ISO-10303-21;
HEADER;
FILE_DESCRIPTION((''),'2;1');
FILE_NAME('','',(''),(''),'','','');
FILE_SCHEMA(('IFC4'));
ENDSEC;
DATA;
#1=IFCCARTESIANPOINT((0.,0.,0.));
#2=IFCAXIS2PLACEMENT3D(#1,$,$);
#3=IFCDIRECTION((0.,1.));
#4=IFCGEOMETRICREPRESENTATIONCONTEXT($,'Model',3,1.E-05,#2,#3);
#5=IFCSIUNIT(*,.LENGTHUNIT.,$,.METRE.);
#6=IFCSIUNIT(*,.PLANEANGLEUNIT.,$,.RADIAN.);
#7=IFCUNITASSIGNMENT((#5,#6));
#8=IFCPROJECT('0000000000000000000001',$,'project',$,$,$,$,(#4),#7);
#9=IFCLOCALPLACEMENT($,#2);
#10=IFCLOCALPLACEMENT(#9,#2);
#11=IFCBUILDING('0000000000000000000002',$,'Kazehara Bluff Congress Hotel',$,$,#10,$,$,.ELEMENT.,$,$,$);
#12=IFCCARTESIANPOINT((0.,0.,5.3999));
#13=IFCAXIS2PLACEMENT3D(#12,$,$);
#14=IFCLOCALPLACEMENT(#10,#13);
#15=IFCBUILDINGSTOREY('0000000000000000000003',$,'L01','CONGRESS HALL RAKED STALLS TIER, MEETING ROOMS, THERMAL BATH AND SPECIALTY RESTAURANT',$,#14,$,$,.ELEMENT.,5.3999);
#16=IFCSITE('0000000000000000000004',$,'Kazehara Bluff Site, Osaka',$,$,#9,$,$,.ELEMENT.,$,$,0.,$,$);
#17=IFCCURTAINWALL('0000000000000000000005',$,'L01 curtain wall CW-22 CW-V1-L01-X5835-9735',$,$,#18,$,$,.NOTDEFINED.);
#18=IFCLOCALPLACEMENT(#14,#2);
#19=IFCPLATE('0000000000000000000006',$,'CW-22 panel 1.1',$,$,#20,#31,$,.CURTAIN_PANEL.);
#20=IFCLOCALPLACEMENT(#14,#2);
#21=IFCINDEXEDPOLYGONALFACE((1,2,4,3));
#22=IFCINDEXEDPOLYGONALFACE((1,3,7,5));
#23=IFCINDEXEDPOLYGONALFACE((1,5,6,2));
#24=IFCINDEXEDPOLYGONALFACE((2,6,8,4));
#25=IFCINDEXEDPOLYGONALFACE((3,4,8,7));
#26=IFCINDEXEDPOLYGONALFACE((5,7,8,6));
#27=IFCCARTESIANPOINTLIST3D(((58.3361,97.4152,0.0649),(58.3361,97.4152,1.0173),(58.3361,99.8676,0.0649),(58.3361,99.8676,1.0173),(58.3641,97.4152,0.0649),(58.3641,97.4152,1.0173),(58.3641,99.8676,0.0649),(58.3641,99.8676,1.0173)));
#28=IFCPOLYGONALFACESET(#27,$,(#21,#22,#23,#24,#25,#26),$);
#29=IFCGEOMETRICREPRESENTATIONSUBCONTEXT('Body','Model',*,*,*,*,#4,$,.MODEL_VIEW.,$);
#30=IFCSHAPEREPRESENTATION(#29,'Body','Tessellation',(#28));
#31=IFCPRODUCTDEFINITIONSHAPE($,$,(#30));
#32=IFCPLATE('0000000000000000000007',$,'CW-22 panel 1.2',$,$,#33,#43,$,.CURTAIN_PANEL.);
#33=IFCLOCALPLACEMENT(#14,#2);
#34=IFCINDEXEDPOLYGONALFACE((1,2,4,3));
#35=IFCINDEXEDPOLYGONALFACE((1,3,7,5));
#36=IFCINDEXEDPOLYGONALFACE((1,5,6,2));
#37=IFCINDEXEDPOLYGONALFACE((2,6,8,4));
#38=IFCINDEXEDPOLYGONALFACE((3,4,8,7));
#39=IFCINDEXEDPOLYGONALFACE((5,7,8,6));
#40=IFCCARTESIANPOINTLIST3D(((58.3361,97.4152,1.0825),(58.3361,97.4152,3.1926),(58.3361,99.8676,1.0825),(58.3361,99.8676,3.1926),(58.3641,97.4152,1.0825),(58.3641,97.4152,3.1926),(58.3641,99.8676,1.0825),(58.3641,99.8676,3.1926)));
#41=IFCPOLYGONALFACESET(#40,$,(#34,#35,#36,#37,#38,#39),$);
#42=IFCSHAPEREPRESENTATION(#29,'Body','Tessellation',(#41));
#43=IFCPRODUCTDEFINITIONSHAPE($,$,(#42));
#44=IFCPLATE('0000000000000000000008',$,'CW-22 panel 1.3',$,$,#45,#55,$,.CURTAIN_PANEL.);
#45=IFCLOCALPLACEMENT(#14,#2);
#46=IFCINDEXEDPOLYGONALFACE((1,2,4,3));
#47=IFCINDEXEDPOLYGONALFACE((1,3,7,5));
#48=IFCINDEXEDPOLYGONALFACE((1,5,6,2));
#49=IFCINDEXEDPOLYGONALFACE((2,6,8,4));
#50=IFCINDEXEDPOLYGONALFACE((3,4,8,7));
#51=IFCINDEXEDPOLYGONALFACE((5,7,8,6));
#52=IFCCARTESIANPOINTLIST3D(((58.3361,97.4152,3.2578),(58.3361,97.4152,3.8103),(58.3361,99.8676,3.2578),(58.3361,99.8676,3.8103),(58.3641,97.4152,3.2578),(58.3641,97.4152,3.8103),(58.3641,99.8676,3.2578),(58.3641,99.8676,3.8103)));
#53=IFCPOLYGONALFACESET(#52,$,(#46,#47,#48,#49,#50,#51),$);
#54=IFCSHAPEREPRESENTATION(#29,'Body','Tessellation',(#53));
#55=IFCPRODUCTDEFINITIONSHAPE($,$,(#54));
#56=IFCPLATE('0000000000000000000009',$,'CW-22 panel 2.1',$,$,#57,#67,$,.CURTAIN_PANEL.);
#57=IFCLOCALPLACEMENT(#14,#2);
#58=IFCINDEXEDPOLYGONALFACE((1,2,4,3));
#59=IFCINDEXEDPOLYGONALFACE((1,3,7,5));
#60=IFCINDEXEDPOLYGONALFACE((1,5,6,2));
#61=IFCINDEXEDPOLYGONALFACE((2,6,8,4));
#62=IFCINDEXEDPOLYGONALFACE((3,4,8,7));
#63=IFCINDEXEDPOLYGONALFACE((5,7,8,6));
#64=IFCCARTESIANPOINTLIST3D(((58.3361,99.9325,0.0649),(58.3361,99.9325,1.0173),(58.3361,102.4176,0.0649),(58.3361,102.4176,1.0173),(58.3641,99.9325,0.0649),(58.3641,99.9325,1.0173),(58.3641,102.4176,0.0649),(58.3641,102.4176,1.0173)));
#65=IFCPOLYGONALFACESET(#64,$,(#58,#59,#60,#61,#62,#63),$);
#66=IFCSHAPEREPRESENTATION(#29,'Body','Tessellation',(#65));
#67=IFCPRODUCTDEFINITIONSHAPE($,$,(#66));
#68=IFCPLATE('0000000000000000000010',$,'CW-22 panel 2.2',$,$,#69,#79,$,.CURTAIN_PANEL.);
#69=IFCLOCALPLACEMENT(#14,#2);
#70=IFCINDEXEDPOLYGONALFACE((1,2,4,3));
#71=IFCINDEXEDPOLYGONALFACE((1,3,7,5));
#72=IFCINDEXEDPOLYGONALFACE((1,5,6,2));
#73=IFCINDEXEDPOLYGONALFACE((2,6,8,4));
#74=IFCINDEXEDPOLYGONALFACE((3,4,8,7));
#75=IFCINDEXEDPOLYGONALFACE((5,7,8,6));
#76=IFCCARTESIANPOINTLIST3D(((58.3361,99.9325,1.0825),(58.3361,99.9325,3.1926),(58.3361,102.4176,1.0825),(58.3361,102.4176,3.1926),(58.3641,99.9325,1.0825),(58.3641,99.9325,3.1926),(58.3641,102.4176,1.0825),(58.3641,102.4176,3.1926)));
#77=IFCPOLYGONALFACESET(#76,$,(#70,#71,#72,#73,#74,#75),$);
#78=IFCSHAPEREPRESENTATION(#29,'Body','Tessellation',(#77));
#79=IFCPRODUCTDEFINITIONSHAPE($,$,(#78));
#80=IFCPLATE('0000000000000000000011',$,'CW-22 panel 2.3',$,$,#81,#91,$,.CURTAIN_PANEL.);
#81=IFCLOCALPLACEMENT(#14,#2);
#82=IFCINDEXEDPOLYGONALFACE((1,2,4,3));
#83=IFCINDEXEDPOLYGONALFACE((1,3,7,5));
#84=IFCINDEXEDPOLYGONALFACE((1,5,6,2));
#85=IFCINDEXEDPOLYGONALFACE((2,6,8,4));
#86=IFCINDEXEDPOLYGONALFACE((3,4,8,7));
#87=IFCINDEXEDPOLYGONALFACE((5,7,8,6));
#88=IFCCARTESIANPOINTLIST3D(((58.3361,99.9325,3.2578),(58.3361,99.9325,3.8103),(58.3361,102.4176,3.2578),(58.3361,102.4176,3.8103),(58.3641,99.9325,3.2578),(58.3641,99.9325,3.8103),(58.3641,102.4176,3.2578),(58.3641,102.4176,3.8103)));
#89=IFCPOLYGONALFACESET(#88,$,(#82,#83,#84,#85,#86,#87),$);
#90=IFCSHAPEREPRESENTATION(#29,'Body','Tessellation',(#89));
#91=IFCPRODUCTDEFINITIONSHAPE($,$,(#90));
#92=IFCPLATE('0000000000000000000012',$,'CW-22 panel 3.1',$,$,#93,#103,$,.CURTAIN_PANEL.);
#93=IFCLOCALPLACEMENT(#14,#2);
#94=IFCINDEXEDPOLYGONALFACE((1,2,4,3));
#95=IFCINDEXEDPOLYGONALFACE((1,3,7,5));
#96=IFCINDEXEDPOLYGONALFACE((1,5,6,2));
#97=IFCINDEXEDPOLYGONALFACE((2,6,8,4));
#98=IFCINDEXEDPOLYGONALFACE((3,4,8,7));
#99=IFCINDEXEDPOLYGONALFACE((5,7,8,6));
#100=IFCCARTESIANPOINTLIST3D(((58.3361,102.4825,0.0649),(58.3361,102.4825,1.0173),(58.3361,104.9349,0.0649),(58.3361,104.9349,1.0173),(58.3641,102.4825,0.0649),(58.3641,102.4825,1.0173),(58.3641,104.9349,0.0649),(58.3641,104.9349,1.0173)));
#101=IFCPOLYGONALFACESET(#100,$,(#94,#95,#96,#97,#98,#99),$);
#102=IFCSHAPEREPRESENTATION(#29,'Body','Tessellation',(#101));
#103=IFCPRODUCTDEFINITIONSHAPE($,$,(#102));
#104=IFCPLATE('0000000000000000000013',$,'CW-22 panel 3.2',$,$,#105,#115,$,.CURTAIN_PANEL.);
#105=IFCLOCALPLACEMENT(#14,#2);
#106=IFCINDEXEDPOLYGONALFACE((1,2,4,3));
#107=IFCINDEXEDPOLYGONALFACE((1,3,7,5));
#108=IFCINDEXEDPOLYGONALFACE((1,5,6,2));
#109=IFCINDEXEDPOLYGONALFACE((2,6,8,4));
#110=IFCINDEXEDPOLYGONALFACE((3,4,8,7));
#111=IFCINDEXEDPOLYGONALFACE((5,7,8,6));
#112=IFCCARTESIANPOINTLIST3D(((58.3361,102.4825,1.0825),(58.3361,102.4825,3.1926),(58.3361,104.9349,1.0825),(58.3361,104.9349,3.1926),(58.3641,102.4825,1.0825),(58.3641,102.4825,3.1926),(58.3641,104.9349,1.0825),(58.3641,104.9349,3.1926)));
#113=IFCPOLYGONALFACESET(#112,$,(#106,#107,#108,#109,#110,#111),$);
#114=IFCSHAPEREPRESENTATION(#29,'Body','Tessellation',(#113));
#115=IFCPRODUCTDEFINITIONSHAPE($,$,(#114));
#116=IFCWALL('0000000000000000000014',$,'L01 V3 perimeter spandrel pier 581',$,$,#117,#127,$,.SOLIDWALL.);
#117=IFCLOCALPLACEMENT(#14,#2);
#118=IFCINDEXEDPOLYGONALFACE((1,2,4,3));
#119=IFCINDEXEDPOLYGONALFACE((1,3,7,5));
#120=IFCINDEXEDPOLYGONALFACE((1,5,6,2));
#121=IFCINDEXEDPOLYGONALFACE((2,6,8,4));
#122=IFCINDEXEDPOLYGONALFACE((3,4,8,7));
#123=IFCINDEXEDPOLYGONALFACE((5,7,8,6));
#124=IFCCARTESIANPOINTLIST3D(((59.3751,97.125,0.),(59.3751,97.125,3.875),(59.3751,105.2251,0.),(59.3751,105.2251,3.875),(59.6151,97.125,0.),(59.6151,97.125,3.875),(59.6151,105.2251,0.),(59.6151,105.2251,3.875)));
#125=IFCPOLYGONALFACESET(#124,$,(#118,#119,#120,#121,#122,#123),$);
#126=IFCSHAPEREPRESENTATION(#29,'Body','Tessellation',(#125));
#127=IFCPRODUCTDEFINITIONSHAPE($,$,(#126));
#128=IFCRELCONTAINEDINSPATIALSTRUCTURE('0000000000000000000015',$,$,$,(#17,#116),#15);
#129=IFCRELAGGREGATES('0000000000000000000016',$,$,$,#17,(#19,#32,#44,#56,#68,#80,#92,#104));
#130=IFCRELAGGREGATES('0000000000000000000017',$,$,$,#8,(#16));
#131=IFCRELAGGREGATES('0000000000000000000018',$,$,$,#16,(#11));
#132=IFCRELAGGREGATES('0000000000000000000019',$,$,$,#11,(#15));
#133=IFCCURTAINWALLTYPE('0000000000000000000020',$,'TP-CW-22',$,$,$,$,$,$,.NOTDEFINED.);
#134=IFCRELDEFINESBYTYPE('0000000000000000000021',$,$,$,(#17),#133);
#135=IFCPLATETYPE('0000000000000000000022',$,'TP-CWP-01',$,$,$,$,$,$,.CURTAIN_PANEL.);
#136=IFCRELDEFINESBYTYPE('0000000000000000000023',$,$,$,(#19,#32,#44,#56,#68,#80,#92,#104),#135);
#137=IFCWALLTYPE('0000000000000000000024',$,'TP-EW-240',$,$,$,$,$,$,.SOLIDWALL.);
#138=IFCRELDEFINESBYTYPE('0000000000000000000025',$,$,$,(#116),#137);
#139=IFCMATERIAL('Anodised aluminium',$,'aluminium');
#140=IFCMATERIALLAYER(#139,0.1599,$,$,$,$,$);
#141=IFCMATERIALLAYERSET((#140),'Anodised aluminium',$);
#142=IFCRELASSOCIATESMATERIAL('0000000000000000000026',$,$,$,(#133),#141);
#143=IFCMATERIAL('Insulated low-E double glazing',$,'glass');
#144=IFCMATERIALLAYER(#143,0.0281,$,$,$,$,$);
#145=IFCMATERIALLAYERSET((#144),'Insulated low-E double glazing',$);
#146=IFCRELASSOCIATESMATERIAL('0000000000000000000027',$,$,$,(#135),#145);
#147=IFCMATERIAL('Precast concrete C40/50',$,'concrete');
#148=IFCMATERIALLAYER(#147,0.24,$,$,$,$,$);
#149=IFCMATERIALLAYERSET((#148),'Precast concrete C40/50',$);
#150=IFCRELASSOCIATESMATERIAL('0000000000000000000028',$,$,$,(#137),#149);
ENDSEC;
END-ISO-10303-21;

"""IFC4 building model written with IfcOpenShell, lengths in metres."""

from ifc_helpers import new_model, si_unit, direction, frame, frame_2d, origin, origin_2d, place, context, subcontext, project, spatial, rectangle, extrude, material, layer, layer_set, type_object, element, aggregate, save


model = new_model("IFC4")

# Units and contexts
model_context = context("Model", 3, precision=1e-05, world=origin(), true_north=direction((0.0, 1.0)))
body_context = subcontext(model_context, "Body", "Model", "MODEL_VIEW")
ifc_project = project(units=[si_unit("LENGTHUNIT", "METRE"), si_unit("PLANEANGLEUNIT", "RADIAN")], contexts=[model_context])

# Site, building, storey
site_placement = place(None, origin())
site = spatial("IfcSite", under=ifc_project, at=site_placement, Name="Kazehara Bluff Site, Osaka", CompositionType="ELEMENT", RefElevation=0.0)
building_placement = place(site_placement, origin())
building = spatial("IfcBuilding", under=site, at=building_placement, Name="Kazehara Bluff Congress Hotel", CompositionType="ELEMENT")
storey_placement = place(building_placement, frame((0.0, 0.0, 5.3999)))
storey = spatial("IfcBuildingStorey", under=building, at=storey_placement, Name="L01", Description="CONGRESS HALL RAKED STALLS TIER, MEETING ROOMS, THERMAL BATH AND SPECIALTY RESTAURANT", CompositionType="ELEMENT", Elevation=5.3999)

# Curtain wall
ifc_material_1 = material(Name="Anodised aluminium", Category="aluminium")
ifc_layer_1 = layer(ifc_material_1, 0.1599)
ifc_layer_set_1 = layer_set([ifc_layer_1], Name="Anodised aluminium")
curtain_wall_type = type_object("IfcCurtainWallType", Name="TP-CW-22", PredefinedType="NOTDEFINED", material=ifc_layer_set_1)
curtain_wall_placement = place(storey_placement, origin())
curtain_wall = element("IfcCurtainWall", 1, at=curtain_wall_placement, inside=storey, type_object=curtain_wall_type, Name="L01 curtain wall CW-22 CW-V1-L01-X5835-9735", PredefinedType="NOTDEFINED")

# Plates
ifc_material_2 = material(Name="Insulated low-E double glazing", Category="glass")
ifc_layer_2 = layer(ifc_material_2, 0.0281)
ifc_layer_set_2 = layer_set([ifc_layer_2], Name="Insulated low-E double glazing")
plate_type = type_object("IfcPlateType", Name="TP-CWP-01", PredefinedType="CURTAIN_PANEL", material=ifc_layer_set_2)
plate_1_placement = place(storey_placement, frame((58.3501, 98.6414, 0.0649), z_axis=(0.0, 0.0, 1.0), x_axis=(0.0, 1.0, 0.0)))
plate_1 = element("IfcPlate", 2, at=plate_1_placement, type_object=plate_type, Name="CW-22 panel 1.1", PredefinedType="CURTAIN_PANEL", context=body_context, shape_type="SweptSolid", body=[
    extrude(rectangle(XDim=2.4524, YDim=0.0281, at=origin_2d()), origin(), (0.0, 0.0, 1.0), 0.9524),
])
plate_2_placement = place(storey_placement, frame((58.3501, 98.6414, 1.0825), z_axis=(0.0, 0.0, 1.0), x_axis=(0.0, 1.0, 0.0)))
plate_2 = element("IfcPlate", 3, at=plate_2_placement, type_object=plate_type, Name="CW-22 panel 1.2", PredefinedType="CURTAIN_PANEL", context=body_context, shape_type="SweptSolid", body=[
    extrude(rectangle(XDim=2.4524, YDim=0.0281, at=origin_2d()), origin(), (0.0, 0.0, 1.0), 2.1101),
])
plate_3_placement = place(storey_placement, frame((58.3501, 98.6414, 3.2578), z_axis=(0.0, 0.0, 1.0), x_axis=(0.0, 1.0, 0.0)))
plate_3 = element("IfcPlate", 4, at=plate_3_placement, type_object=plate_type, Name="CW-22 panel 1.3", PredefinedType="CURTAIN_PANEL", context=body_context, shape_type="SweptSolid", body=[
    extrude(rectangle(XDim=2.4524, YDim=0.0281, at=origin_2d()), origin(), (0.0, 0.0, 1.0), 0.5525),
])
plate_4_placement = place(storey_placement, frame((58.3501, 101.175, 0.0649), z_axis=(0.0, 0.0, 1.0), x_axis=(0.0, 1.0, 0.0)))
plate_4 = element("IfcPlate", 5, at=plate_4_placement, type_object=plate_type, Name="CW-22 panel 2.1", PredefinedType="CURTAIN_PANEL", context=body_context, shape_type="SweptSolid", body=[
    extrude(rectangle(XDim=2.4851, YDim=0.0281, at=origin_2d()), origin(), (0.0, 0.0, 1.0), 0.9524),
])
plate_5_placement = place(storey_placement, frame((58.3501, 101.175, 1.0825), z_axis=(0.0, 0.0, 1.0), x_axis=(0.0, 1.0, 0.0)))
plate_5 = element("IfcPlate", 6, at=plate_5_placement, type_object=plate_type, Name="CW-22 panel 2.2", PredefinedType="CURTAIN_PANEL", context=body_context, shape_type="SweptSolid", body=[
    extrude(rectangle(XDim=2.4851, YDim=0.0281, at=origin_2d()), origin(), (0.0, 0.0, 1.0), 2.1101),
])
plate_6_placement = place(storey_placement, frame((58.3501, 101.175, 3.2578), z_axis=(0.0, 0.0, 1.0), x_axis=(0.0, 1.0, 0.0)))
plate_6 = element("IfcPlate", 7, at=plate_6_placement, type_object=plate_type, Name="CW-22 panel 2.3", PredefinedType="CURTAIN_PANEL", context=body_context, shape_type="SweptSolid", body=[
    extrude(rectangle(XDim=2.4851, YDim=0.0281, at=origin_2d()), origin(), (0.0, 0.0, 1.0), 0.5525),
])
plate_7_placement = place(storey_placement, frame((58.3501, 103.7087, 0.0649), z_axis=(0.0, 0.0, 1.0), x_axis=(0.0, 1.0, 0.0)))
plate_7 = element("IfcPlate", 8, at=plate_7_placement, type_object=plate_type, Name="CW-22 panel 3.1", PredefinedType="CURTAIN_PANEL", context=body_context, shape_type="SweptSolid", body=[
    extrude(rectangle(XDim=2.4524, YDim=0.0281, at=origin_2d()), origin(), (0.0, 0.0, 1.0), 0.9524),
])
plate_8_placement = place(storey_placement, frame((58.3501, 103.7087, 1.0825), z_axis=(0.0, 0.0, 1.0), x_axis=(0.0, 1.0, 0.0)))
plate_8 = element("IfcPlate", 9, at=plate_8_placement, type_object=plate_type, Name="CW-22 panel 3.2", PredefinedType="CURTAIN_PANEL", context=body_context, shape_type="SweptSolid", body=[
    extrude(rectangle(XDim=2.4524, YDim=0.0281, at=origin_2d()), origin(), (0.0, 0.0, 1.0), 2.1101),
])
aggregate(curtain_wall, [plate_1, plate_2, plate_3, plate_4, plate_5, plate_6, plate_7, plate_8])

# Wall
ifc_material_3 = material(Name="Precast concrete C40/50", Category="concrete")
ifc_layer_3 = layer(ifc_material_3, 0.24)
ifc_layer_set_3 = layer_set([ifc_layer_3], Name="Precast concrete C40/50")
wall_type = type_object("IfcWallType", Name="TP-EW-240", PredefinedType="SOLIDWALL", material=ifc_layer_set_3)
wall_placement = place(storey_placement, frame((59.4951, 97.125, 0.0), z_axis=(0.0, 0.0, 1.0), x_axis=(0.0, 1.0, 0.0)))
element("IfcWall", 10, at=wall_placement, inside=storey, type_object=wall_type, Name="L01 V3 perimeter spandrel pier 581", PredefinedType="SOLIDWALL", context=body_context, shape_type="SweptSolid", body=[
    extrude(rectangle(XDim=8.1001, YDim=0.24, at=frame_2d((4.05, 0.0))), origin(), (0.0, 0.0, 1.0), 3.875),
])

save(model, "model.ifc")
